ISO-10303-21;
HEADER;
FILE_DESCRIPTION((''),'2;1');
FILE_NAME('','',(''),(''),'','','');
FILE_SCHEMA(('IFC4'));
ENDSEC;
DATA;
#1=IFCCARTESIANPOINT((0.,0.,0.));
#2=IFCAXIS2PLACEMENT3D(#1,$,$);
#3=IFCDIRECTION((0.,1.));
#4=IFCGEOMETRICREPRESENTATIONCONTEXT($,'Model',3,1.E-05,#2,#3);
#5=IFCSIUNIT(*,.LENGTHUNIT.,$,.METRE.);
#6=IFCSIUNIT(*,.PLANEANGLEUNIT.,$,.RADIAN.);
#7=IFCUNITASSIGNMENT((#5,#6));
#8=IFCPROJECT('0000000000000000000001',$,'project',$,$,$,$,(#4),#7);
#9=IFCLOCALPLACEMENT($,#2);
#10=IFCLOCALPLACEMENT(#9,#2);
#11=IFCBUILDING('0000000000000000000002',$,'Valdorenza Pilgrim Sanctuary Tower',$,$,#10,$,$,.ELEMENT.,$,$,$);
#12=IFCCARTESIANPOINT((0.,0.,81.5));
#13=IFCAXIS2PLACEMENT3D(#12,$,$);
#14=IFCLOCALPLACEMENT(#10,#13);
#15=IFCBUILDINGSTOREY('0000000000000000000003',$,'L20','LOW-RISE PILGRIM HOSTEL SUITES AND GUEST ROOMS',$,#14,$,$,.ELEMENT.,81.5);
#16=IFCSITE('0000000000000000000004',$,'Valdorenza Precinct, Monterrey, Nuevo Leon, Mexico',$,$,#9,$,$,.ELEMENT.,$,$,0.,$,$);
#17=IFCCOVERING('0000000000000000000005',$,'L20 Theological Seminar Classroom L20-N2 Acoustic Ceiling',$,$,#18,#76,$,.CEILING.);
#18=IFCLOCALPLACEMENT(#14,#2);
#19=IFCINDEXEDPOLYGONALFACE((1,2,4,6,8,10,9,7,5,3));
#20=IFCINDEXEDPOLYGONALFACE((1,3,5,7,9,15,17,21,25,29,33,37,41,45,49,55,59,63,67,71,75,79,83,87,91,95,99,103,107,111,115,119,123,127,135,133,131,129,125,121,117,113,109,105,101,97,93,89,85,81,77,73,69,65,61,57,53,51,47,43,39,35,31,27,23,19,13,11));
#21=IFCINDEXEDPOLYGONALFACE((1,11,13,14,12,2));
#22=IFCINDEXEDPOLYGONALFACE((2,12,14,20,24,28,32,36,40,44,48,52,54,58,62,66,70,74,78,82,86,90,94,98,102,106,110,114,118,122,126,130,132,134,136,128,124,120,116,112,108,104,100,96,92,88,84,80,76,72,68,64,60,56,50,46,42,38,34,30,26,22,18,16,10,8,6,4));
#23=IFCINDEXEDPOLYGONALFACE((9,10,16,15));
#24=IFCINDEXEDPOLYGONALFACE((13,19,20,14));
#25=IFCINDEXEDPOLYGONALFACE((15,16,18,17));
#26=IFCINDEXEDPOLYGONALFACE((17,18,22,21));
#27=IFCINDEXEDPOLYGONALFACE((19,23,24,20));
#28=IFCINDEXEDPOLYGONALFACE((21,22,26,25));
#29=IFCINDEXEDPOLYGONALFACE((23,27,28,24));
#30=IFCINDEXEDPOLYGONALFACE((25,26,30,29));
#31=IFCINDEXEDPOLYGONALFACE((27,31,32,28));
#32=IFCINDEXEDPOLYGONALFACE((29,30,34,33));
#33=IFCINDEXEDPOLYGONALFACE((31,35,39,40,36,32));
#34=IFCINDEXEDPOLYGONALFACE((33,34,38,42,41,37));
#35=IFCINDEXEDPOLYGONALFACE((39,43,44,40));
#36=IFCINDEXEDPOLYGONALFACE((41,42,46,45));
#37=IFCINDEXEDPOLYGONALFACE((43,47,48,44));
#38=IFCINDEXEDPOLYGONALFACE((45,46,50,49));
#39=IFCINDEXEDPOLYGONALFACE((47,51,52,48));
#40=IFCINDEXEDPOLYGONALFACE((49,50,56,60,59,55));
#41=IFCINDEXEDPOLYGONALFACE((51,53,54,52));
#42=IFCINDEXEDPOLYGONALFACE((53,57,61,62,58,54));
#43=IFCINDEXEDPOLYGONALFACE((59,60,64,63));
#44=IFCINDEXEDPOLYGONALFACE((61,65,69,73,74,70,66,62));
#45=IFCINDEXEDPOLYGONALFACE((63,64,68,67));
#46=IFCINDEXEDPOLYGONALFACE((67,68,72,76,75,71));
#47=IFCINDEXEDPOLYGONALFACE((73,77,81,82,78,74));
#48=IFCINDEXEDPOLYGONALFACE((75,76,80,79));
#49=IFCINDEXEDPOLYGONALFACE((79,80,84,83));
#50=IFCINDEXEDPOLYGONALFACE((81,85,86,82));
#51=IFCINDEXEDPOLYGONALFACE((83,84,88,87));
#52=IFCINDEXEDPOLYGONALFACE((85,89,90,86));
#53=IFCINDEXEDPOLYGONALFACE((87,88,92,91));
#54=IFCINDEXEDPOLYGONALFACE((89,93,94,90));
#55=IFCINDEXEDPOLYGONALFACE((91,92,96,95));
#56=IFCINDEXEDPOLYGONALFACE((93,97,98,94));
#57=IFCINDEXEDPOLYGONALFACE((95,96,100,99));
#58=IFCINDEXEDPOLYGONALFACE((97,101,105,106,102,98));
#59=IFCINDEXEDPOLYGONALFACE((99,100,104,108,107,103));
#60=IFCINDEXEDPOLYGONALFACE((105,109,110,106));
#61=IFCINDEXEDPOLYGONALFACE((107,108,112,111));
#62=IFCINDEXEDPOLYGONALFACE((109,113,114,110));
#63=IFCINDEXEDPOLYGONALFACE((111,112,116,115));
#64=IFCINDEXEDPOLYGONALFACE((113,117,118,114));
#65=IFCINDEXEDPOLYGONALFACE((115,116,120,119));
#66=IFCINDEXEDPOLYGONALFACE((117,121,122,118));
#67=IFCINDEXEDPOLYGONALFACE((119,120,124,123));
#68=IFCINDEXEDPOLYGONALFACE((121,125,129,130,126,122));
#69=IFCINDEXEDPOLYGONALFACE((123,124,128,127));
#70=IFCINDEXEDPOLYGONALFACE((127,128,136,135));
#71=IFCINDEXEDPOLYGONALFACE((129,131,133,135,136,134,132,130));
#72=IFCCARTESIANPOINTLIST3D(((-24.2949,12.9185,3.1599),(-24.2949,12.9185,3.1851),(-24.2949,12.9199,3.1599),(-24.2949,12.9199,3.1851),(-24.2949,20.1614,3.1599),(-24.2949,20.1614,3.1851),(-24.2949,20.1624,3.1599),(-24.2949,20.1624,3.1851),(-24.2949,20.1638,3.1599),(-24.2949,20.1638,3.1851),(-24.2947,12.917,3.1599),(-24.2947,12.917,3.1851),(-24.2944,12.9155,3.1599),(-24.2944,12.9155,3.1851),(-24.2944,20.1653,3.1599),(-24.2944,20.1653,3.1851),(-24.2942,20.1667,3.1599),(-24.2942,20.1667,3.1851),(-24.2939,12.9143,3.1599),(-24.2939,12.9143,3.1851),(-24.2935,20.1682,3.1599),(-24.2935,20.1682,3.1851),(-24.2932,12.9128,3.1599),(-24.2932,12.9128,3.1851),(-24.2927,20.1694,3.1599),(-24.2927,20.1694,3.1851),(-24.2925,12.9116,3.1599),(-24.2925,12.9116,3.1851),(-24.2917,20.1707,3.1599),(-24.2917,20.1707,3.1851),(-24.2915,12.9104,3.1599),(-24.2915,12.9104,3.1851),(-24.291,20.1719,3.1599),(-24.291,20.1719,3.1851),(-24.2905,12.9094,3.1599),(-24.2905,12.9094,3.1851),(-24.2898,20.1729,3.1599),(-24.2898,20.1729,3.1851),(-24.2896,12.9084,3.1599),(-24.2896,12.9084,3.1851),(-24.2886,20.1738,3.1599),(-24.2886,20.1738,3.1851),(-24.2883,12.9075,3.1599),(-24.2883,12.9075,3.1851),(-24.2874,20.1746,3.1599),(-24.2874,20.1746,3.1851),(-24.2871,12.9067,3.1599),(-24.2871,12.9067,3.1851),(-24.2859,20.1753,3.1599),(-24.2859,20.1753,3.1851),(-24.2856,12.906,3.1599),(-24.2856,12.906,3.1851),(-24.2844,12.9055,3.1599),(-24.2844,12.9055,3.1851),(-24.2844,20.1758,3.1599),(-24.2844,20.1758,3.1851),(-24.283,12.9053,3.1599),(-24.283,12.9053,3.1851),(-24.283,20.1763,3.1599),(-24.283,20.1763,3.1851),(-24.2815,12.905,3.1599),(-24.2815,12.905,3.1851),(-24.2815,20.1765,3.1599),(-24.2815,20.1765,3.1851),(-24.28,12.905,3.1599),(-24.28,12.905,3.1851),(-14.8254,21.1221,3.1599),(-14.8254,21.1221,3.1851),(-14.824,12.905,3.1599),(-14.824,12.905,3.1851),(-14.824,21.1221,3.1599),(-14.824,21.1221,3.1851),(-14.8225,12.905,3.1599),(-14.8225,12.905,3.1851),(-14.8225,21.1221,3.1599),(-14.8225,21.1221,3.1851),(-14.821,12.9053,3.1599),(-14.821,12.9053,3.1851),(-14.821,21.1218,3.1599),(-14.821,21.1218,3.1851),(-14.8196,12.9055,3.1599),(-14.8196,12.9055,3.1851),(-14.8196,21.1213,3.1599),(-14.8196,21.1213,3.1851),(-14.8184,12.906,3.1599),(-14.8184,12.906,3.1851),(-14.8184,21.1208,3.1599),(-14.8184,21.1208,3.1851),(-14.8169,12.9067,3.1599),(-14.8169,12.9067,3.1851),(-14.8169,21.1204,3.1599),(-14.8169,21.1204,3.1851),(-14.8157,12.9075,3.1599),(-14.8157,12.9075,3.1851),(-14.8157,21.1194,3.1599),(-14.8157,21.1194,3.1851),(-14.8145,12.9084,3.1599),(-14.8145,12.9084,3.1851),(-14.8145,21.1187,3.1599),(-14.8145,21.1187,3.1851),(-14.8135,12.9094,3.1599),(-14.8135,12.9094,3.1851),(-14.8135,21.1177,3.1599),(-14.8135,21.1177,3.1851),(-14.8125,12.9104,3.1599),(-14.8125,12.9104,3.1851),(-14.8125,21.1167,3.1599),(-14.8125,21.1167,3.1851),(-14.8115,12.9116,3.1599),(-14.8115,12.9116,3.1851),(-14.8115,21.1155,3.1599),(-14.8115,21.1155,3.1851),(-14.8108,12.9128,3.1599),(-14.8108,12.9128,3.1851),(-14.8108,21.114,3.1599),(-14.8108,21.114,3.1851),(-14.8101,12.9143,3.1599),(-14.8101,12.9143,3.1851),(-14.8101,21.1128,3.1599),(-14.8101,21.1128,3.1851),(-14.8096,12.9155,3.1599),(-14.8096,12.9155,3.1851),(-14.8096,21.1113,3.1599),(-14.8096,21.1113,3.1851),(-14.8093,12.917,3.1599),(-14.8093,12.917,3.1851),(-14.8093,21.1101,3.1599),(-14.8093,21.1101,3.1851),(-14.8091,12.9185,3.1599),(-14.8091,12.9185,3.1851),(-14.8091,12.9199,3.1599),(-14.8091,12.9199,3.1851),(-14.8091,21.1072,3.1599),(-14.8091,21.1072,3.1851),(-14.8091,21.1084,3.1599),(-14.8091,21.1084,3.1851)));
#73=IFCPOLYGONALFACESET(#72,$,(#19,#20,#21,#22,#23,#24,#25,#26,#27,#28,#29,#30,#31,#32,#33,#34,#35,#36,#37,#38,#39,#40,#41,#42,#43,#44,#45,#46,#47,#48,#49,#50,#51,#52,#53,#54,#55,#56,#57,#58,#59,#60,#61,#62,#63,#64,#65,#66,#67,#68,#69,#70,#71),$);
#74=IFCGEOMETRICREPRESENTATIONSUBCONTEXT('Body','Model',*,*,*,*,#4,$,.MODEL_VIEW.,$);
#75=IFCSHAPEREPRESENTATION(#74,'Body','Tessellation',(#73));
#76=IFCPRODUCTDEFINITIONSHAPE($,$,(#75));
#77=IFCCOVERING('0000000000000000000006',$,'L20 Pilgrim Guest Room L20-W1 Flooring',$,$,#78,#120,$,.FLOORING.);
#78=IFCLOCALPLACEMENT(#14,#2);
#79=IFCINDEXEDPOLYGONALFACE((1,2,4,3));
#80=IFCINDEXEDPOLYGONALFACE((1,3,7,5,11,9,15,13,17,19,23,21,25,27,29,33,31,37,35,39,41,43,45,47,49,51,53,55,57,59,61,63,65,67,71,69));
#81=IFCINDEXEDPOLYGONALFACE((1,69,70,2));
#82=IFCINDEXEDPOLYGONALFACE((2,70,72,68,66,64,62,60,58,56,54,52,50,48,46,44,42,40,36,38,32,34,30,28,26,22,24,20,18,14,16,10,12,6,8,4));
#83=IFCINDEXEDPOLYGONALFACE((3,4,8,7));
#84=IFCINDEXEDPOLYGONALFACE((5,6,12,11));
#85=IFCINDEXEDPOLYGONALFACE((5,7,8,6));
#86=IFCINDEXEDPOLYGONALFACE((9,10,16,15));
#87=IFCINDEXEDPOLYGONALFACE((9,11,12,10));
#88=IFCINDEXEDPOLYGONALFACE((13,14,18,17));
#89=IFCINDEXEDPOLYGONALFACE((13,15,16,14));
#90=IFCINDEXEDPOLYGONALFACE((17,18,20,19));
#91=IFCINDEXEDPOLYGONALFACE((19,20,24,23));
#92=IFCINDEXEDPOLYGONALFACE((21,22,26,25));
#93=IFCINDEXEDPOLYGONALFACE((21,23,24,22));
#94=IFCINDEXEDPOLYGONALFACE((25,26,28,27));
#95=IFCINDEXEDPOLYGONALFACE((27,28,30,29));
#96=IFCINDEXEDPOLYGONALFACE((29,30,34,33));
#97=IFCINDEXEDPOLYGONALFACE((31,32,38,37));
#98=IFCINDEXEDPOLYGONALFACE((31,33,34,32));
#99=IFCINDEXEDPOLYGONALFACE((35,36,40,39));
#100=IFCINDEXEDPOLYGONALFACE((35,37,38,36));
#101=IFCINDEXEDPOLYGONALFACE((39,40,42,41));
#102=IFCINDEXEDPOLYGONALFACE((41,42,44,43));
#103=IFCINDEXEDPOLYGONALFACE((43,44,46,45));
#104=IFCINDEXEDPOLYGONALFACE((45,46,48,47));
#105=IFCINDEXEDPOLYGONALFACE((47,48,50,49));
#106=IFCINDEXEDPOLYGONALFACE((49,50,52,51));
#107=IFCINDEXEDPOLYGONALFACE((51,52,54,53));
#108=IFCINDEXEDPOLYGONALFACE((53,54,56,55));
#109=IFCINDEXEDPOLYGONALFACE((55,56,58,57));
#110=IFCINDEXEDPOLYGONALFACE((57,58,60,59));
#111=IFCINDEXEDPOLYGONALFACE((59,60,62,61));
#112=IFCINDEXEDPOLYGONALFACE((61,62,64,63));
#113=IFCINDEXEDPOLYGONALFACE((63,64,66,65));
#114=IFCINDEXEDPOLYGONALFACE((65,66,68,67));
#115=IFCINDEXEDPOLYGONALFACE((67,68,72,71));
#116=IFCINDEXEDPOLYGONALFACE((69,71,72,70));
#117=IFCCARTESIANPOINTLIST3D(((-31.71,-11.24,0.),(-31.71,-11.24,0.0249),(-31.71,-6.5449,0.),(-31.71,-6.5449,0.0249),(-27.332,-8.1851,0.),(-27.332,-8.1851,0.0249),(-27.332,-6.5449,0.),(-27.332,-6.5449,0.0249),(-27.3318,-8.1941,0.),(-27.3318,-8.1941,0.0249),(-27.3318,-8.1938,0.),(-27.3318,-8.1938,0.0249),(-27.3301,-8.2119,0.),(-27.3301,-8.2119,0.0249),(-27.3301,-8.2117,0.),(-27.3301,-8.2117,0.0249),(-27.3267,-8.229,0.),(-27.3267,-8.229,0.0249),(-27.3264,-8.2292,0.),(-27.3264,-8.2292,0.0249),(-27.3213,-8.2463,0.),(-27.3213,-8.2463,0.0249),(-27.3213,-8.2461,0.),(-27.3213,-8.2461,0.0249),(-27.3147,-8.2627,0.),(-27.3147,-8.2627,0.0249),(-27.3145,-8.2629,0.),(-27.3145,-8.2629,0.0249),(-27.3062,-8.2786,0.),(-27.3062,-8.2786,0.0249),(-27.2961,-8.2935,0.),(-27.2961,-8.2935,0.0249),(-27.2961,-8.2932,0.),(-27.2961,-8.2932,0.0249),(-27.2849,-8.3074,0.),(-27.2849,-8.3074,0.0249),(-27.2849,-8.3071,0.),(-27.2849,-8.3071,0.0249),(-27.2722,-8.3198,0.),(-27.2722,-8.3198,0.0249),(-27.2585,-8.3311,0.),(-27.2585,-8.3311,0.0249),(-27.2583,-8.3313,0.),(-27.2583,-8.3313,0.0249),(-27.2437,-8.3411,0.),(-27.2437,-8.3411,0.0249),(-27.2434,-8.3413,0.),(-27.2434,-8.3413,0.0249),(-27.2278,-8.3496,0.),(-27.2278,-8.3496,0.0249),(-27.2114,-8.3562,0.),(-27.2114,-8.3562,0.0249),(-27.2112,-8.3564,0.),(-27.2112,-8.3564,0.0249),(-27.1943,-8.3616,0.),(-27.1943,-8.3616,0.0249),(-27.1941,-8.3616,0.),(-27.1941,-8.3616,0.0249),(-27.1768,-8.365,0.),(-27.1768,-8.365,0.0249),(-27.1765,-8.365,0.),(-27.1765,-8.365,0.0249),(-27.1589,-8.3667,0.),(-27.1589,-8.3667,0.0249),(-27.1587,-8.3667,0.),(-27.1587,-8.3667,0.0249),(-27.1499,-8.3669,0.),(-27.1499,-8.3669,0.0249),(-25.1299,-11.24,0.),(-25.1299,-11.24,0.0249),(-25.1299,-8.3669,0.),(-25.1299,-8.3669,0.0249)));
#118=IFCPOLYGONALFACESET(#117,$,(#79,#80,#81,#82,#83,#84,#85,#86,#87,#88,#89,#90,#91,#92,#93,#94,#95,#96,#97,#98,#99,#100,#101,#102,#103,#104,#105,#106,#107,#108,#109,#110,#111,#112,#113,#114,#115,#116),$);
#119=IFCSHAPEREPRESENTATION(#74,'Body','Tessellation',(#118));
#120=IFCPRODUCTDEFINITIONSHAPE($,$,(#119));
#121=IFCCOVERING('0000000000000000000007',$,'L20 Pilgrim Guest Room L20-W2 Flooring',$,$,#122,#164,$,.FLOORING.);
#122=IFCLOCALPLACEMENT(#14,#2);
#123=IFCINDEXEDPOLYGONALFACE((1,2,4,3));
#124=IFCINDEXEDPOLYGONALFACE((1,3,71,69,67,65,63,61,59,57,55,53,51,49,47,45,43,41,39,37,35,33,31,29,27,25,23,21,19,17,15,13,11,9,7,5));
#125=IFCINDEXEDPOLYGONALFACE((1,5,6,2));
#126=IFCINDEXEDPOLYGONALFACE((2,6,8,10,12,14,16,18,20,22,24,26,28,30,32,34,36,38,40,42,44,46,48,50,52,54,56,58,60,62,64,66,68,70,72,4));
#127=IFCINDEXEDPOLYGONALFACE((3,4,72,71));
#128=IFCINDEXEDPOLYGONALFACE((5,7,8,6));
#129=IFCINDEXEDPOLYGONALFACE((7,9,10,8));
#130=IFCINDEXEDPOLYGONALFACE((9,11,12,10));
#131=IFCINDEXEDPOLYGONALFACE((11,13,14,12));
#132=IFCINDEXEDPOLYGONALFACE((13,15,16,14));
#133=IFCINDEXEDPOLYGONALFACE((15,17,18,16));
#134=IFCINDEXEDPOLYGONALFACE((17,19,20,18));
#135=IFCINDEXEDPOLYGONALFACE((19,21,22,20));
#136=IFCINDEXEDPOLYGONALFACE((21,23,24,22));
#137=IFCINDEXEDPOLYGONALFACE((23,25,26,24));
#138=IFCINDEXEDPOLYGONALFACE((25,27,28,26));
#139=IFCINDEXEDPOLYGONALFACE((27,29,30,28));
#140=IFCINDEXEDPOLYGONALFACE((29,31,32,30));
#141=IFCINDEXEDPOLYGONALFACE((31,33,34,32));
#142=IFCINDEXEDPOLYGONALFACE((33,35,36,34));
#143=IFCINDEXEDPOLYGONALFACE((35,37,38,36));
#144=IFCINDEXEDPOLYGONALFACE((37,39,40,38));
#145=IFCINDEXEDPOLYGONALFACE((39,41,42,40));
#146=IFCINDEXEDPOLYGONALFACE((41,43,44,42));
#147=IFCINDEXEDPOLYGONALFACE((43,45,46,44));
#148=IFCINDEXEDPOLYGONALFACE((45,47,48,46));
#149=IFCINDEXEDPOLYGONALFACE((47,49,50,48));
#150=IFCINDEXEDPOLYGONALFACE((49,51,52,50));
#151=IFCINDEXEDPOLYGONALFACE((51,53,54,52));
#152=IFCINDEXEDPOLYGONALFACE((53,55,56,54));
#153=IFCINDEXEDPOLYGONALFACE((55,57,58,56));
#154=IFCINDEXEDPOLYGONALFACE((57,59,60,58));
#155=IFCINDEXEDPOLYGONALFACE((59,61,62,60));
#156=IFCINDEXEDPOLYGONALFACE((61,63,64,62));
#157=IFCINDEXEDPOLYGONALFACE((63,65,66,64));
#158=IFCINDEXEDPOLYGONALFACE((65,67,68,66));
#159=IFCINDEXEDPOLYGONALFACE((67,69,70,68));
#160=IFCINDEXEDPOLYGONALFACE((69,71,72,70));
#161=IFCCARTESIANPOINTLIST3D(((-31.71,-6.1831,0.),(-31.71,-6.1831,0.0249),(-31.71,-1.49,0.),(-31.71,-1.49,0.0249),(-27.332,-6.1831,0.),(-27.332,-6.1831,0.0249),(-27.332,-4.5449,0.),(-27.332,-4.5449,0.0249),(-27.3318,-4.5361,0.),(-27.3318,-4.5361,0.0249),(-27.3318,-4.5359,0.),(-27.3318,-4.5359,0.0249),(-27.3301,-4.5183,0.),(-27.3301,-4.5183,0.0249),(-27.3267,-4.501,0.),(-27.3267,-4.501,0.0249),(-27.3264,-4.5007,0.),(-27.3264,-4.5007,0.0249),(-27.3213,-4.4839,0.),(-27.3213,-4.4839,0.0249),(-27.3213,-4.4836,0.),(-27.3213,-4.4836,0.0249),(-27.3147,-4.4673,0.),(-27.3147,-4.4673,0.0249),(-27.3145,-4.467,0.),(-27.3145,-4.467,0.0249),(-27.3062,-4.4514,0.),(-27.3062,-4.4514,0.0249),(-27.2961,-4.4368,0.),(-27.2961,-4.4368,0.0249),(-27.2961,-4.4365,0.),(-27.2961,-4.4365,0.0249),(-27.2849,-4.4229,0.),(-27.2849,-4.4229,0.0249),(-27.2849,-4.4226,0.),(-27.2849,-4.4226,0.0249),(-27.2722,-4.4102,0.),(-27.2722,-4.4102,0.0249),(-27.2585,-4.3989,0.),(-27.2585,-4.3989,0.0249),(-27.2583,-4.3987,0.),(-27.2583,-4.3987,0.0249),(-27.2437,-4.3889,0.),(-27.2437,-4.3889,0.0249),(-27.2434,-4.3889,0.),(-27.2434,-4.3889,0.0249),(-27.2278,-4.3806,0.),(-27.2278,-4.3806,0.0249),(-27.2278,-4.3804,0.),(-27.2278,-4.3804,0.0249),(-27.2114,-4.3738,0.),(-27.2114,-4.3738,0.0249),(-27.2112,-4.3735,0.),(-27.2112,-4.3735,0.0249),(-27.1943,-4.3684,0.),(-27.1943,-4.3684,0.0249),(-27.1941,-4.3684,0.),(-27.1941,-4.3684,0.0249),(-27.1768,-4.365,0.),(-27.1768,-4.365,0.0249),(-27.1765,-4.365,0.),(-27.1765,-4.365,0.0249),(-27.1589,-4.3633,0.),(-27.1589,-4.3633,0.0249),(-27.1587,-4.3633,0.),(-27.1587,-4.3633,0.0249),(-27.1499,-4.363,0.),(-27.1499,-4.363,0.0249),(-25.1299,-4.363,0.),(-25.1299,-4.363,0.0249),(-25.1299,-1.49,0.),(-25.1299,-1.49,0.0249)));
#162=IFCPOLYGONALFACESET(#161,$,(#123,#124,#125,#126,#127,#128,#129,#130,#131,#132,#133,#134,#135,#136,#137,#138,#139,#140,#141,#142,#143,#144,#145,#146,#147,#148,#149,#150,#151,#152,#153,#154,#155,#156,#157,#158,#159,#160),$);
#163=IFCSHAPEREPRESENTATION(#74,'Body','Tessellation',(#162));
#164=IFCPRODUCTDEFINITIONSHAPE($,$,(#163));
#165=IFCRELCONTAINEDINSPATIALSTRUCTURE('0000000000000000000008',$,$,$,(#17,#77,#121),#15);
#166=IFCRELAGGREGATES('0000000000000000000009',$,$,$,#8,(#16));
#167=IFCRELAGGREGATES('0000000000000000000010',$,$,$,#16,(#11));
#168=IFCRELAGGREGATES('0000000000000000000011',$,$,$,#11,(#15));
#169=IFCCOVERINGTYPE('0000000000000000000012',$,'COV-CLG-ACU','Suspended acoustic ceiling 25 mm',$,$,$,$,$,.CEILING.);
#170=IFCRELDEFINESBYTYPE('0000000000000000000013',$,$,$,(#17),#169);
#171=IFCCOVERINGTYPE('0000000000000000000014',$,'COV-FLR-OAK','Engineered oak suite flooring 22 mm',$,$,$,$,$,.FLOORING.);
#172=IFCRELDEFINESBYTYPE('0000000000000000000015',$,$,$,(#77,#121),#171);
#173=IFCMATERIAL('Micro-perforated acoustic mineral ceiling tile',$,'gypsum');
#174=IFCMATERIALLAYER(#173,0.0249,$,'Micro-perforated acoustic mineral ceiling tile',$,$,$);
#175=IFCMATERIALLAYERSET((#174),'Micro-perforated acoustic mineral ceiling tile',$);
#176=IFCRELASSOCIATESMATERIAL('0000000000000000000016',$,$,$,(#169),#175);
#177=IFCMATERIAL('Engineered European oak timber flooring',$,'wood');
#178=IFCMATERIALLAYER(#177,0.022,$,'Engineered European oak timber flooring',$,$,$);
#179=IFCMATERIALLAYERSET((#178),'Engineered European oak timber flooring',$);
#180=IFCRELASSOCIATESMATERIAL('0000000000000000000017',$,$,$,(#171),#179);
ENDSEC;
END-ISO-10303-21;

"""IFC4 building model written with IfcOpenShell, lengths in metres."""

from ifc_helpers import new_model, si_unit, direction, frame, origin, place, context, subcontext, project, spatial, polyline, outline, extrude, material, layer, layer_set, type_object, element, save


model = new_model("IFC4")

# Units and contexts
model_context = context("Model", 3, precision=1e-05, world=origin(), true_north=direction((0.0, 1.0)))
body_context = subcontext(model_context, "Body", "Model", "MODEL_VIEW")
ifc_project = project(units=[si_unit("LENGTHUNIT", "METRE"), si_unit("PLANEANGLEUNIT", "RADIAN")], contexts=[model_context])

# Site, building, storey
site_placement = place(None, origin())
site = spatial("IfcSite", under=ifc_project, at=site_placement, Name="Valdorenza Precinct, Monterrey, Nuevo Leon, Mexico", CompositionType="ELEMENT", RefElevation=0.0)
building_placement = place(site_placement, origin())
building = spatial("IfcBuilding", under=site, at=building_placement, Name="Valdorenza Pilgrim Sanctuary Tower", CompositionType="ELEMENT")
storey_placement = place(building_placement, frame((0.0, 0.0, 81.5)))
storey = spatial("IfcBuildingStorey", under=building, at=storey_placement, Name="L20", Description="LOW-RISE PILGRIM HOSTEL SUITES AND GUEST ROOMS", CompositionType="ELEMENT", Elevation=81.5)

# Coverings
ifc_material_1 = material(Name="Micro-perforated acoustic mineral ceiling tile", Category="gypsum")
ifc_layer_1 = layer(ifc_material_1, 0.0249, Name="Micro-perforated acoustic mineral ceiling tile")
ifc_layer_set_1 = layer_set([ifc_layer_1], Name="Micro-perforated acoustic mineral ceiling tile")
covering_type_1 = type_object("IfcCoveringType", Name="COV-CLG-ACU", Description="Suspended acoustic ceiling 25 mm", PredefinedType="CEILING", material=ifc_layer_set_1)
covering_1_placement = place(storey_placement, frame((0.0, 0.0, 3.1599)))
element("IfcCovering", 1, at=covering_1_placement, inside=storey, type_object=covering_type_1, Name="L20 Theological Seminar Classroom L20-N2 Acoustic Ceiling", PredefinedType="CEILING", context=body_context, shape_type="SweptSolid", body=[
    extrude(outline(polyline([(-24.2949, 20.1614), (-24.2949, 20.1624), (-24.2949, 20.1638), (-24.2944, 20.1653), (-24.2942, 20.1667), (-24.2935, 20.1682), (-24.2927, 20.1694), (-24.2917, 20.1707), (-24.291, 20.1719), (-24.2898, 20.1729), (-24.2886, 20.1738), (-24.2874, 20.1746), (-24.2859, 20.1753), (-24.2844, 20.1758), (-24.283, 20.1763), (-24.2815, 20.1765), (-14.8254, 21.1221), (-14.824, 21.1221), (-14.8225, 21.1221), (-14.821, 21.1218), (-14.8196, 21.1213), (-14.8184, 21.1208), (-14.8169, 21.1204), (-14.8157, 21.1194), (-14.8145, 21.1187), (-14.8135, 21.1177), (-14.8125, 21.1167), (-14.8115, 21.1155), (-14.8108, 21.114), (-14.8101, 21.1128), (-14.8096, 21.1113), (-14.8093, 21.1101), (-14.8091, 21.1084), (-14.8091, 21.1072), (-14.8091, 12.9199), (-14.8091, 12.9185), (-14.8093, 12.917), (-14.8096, 12.9155), (-14.8101, 12.9143), (-14.8108, 12.9128), (-14.8115, 12.9116), (-14.8125, 12.9104), (-14.8135, 12.9094), (-14.8145, 12.9084), (-14.8157, 12.9075), (-14.8169, 12.9067), (-14.8184, 12.906), (-14.8196, 12.9055), (-14.821, 12.9053), (-14.8225, 12.905), (-14.824, 12.905), (-24.28, 12.905), (-24.2815, 12.905), (-24.283, 12.9053), (-24.2844, 12.9055), (-24.2856, 12.906), (-24.2871, 12.9067), (-24.2883, 12.9075), (-24.2896, 12.9084), (-24.2905, 12.9094), (-24.2915, 12.9104), (-24.2925, 12.9116), (-24.2932, 12.9128), (-24.2939, 12.9143), (-24.2944, 12.9155), (-24.2947, 12.917), (-24.2949, 12.9185), (-24.2949, 12.9199), (-24.2949, 20.1614), (-24.2949, 20.1614)])), origin(), (0.0, 0.0, 1.0), 0.0251),
])
ifc_material_2 = material(Name="Engineered European oak timber flooring", Category="wood")
ifc_layer_2 = layer(ifc_material_2, 0.022, Name="Engineered European oak timber flooring")
ifc_layer_set_2 = layer_set([ifc_layer_2], Name="Engineered European oak timber flooring")
covering_type_2 = type_object("IfcCoveringType", Name="COV-FLR-OAK", Description="Engineered oak suite flooring 22 mm", PredefinedType="FLOORING", material=ifc_layer_set_2)
covering_2_placement = place(storey_placement, origin())
element("IfcCovering", 2, at=covering_2_placement, inside=storey, type_object=covering_type_2, Name="L20 Pilgrim Guest Room L20-W1 Flooring", PredefinedType="FLOORING", context=body_context, shape_type="SweptSolid", body=[
    extrude(outline(polyline([(-31.71, -6.5449), (-27.332, -6.5449), (-27.332, -8.1851), (-27.3318, -8.1938), (-27.3318, -8.1941), (-27.3301, -8.2117), (-27.3301, -8.2119), (-27.3267, -8.229), (-27.3264, -8.2292), (-27.3213, -8.2461), (-27.3213, -8.2463), (-27.3147, -8.2627), (-27.3145, -8.2629), (-27.3062, -8.2786), (-27.3062, -8.2786), (-27.2961, -8.2932), (-27.2961, -8.2935), (-27.2849, -8.3071), (-27.2849, -8.3074), (-27.2722, -8.3198), (-27.2722, -8.3198), (-27.2585, -8.3311), (-27.2583, -8.3313), (-27.2437, -8.3411), (-27.2434, -8.3413), (-27.2278, -8.3496), (-27.2278, -8.3496), (-27.2114, -8.3562), (-27.2112, -8.3564), (-27.1943, -8.3616), (-27.1941, -8.3616), (-27.1768, -8.365), (-27.1765, -8.365), (-27.1589, -8.3667), (-27.1587, -8.3667), (-27.1499, -8.3669), (-25.1299, -8.3669), (-25.1299, -11.24), (-31.71, -11.24), (-31.71, -6.5449)])), origin(), (0.0, 0.0, 1.0), 0.0249),
])
covering_3_placement = place(storey_placement, origin())
element("IfcCovering", 3, at=covering_3_placement, inside=storey, type_object=covering_type_2, Name="L20 Pilgrim Guest Room L20-W2 Flooring", PredefinedType="FLOORING", context=body_context, shape_type="SweptSolid", body=[
    extrude(outline(polyline([(-25.1299, -1.49), (-25.1299, -4.363), (-27.1499, -4.363), (-27.1587, -4.3633), (-27.1589, -4.3633), (-27.1765, -4.365), (-27.1768, -4.365), (-27.1941, -4.3684), (-27.1943, -4.3684), (-27.2112, -4.3735), (-27.2114, -4.3738), (-27.2278, -4.3804), (-27.2278, -4.3806), (-27.2434, -4.3889), (-27.2437, -4.3889), (-27.2583, -4.3987), (-27.2585, -4.3989), (-27.2722, -4.4102), (-27.2722, -4.4102), (-27.2849, -4.4226), (-27.2849, -4.4229), (-27.2961, -4.4365), (-27.2961, -4.4368), (-27.3062, -4.4514), (-27.3062, -4.4514), (-27.3145, -4.467), (-27.3147, -4.4673), (-27.3213, -4.4836), (-27.3213, -4.4839), (-27.3264, -4.5007), (-27.3267, -4.501), (-27.3301, -4.5183), (-27.3301, -4.5183), (-27.3318, -4.5359), (-27.3318, -4.5361), (-27.332, -4.5449), (-27.332, -6.1831), (-31.71, -6.1831), (-31.71, -1.49), (-25.1299, -1.49)])), origin(), (0.0, 0.0, 1.0), 0.0249),
])

save(model, "model.ifc")
